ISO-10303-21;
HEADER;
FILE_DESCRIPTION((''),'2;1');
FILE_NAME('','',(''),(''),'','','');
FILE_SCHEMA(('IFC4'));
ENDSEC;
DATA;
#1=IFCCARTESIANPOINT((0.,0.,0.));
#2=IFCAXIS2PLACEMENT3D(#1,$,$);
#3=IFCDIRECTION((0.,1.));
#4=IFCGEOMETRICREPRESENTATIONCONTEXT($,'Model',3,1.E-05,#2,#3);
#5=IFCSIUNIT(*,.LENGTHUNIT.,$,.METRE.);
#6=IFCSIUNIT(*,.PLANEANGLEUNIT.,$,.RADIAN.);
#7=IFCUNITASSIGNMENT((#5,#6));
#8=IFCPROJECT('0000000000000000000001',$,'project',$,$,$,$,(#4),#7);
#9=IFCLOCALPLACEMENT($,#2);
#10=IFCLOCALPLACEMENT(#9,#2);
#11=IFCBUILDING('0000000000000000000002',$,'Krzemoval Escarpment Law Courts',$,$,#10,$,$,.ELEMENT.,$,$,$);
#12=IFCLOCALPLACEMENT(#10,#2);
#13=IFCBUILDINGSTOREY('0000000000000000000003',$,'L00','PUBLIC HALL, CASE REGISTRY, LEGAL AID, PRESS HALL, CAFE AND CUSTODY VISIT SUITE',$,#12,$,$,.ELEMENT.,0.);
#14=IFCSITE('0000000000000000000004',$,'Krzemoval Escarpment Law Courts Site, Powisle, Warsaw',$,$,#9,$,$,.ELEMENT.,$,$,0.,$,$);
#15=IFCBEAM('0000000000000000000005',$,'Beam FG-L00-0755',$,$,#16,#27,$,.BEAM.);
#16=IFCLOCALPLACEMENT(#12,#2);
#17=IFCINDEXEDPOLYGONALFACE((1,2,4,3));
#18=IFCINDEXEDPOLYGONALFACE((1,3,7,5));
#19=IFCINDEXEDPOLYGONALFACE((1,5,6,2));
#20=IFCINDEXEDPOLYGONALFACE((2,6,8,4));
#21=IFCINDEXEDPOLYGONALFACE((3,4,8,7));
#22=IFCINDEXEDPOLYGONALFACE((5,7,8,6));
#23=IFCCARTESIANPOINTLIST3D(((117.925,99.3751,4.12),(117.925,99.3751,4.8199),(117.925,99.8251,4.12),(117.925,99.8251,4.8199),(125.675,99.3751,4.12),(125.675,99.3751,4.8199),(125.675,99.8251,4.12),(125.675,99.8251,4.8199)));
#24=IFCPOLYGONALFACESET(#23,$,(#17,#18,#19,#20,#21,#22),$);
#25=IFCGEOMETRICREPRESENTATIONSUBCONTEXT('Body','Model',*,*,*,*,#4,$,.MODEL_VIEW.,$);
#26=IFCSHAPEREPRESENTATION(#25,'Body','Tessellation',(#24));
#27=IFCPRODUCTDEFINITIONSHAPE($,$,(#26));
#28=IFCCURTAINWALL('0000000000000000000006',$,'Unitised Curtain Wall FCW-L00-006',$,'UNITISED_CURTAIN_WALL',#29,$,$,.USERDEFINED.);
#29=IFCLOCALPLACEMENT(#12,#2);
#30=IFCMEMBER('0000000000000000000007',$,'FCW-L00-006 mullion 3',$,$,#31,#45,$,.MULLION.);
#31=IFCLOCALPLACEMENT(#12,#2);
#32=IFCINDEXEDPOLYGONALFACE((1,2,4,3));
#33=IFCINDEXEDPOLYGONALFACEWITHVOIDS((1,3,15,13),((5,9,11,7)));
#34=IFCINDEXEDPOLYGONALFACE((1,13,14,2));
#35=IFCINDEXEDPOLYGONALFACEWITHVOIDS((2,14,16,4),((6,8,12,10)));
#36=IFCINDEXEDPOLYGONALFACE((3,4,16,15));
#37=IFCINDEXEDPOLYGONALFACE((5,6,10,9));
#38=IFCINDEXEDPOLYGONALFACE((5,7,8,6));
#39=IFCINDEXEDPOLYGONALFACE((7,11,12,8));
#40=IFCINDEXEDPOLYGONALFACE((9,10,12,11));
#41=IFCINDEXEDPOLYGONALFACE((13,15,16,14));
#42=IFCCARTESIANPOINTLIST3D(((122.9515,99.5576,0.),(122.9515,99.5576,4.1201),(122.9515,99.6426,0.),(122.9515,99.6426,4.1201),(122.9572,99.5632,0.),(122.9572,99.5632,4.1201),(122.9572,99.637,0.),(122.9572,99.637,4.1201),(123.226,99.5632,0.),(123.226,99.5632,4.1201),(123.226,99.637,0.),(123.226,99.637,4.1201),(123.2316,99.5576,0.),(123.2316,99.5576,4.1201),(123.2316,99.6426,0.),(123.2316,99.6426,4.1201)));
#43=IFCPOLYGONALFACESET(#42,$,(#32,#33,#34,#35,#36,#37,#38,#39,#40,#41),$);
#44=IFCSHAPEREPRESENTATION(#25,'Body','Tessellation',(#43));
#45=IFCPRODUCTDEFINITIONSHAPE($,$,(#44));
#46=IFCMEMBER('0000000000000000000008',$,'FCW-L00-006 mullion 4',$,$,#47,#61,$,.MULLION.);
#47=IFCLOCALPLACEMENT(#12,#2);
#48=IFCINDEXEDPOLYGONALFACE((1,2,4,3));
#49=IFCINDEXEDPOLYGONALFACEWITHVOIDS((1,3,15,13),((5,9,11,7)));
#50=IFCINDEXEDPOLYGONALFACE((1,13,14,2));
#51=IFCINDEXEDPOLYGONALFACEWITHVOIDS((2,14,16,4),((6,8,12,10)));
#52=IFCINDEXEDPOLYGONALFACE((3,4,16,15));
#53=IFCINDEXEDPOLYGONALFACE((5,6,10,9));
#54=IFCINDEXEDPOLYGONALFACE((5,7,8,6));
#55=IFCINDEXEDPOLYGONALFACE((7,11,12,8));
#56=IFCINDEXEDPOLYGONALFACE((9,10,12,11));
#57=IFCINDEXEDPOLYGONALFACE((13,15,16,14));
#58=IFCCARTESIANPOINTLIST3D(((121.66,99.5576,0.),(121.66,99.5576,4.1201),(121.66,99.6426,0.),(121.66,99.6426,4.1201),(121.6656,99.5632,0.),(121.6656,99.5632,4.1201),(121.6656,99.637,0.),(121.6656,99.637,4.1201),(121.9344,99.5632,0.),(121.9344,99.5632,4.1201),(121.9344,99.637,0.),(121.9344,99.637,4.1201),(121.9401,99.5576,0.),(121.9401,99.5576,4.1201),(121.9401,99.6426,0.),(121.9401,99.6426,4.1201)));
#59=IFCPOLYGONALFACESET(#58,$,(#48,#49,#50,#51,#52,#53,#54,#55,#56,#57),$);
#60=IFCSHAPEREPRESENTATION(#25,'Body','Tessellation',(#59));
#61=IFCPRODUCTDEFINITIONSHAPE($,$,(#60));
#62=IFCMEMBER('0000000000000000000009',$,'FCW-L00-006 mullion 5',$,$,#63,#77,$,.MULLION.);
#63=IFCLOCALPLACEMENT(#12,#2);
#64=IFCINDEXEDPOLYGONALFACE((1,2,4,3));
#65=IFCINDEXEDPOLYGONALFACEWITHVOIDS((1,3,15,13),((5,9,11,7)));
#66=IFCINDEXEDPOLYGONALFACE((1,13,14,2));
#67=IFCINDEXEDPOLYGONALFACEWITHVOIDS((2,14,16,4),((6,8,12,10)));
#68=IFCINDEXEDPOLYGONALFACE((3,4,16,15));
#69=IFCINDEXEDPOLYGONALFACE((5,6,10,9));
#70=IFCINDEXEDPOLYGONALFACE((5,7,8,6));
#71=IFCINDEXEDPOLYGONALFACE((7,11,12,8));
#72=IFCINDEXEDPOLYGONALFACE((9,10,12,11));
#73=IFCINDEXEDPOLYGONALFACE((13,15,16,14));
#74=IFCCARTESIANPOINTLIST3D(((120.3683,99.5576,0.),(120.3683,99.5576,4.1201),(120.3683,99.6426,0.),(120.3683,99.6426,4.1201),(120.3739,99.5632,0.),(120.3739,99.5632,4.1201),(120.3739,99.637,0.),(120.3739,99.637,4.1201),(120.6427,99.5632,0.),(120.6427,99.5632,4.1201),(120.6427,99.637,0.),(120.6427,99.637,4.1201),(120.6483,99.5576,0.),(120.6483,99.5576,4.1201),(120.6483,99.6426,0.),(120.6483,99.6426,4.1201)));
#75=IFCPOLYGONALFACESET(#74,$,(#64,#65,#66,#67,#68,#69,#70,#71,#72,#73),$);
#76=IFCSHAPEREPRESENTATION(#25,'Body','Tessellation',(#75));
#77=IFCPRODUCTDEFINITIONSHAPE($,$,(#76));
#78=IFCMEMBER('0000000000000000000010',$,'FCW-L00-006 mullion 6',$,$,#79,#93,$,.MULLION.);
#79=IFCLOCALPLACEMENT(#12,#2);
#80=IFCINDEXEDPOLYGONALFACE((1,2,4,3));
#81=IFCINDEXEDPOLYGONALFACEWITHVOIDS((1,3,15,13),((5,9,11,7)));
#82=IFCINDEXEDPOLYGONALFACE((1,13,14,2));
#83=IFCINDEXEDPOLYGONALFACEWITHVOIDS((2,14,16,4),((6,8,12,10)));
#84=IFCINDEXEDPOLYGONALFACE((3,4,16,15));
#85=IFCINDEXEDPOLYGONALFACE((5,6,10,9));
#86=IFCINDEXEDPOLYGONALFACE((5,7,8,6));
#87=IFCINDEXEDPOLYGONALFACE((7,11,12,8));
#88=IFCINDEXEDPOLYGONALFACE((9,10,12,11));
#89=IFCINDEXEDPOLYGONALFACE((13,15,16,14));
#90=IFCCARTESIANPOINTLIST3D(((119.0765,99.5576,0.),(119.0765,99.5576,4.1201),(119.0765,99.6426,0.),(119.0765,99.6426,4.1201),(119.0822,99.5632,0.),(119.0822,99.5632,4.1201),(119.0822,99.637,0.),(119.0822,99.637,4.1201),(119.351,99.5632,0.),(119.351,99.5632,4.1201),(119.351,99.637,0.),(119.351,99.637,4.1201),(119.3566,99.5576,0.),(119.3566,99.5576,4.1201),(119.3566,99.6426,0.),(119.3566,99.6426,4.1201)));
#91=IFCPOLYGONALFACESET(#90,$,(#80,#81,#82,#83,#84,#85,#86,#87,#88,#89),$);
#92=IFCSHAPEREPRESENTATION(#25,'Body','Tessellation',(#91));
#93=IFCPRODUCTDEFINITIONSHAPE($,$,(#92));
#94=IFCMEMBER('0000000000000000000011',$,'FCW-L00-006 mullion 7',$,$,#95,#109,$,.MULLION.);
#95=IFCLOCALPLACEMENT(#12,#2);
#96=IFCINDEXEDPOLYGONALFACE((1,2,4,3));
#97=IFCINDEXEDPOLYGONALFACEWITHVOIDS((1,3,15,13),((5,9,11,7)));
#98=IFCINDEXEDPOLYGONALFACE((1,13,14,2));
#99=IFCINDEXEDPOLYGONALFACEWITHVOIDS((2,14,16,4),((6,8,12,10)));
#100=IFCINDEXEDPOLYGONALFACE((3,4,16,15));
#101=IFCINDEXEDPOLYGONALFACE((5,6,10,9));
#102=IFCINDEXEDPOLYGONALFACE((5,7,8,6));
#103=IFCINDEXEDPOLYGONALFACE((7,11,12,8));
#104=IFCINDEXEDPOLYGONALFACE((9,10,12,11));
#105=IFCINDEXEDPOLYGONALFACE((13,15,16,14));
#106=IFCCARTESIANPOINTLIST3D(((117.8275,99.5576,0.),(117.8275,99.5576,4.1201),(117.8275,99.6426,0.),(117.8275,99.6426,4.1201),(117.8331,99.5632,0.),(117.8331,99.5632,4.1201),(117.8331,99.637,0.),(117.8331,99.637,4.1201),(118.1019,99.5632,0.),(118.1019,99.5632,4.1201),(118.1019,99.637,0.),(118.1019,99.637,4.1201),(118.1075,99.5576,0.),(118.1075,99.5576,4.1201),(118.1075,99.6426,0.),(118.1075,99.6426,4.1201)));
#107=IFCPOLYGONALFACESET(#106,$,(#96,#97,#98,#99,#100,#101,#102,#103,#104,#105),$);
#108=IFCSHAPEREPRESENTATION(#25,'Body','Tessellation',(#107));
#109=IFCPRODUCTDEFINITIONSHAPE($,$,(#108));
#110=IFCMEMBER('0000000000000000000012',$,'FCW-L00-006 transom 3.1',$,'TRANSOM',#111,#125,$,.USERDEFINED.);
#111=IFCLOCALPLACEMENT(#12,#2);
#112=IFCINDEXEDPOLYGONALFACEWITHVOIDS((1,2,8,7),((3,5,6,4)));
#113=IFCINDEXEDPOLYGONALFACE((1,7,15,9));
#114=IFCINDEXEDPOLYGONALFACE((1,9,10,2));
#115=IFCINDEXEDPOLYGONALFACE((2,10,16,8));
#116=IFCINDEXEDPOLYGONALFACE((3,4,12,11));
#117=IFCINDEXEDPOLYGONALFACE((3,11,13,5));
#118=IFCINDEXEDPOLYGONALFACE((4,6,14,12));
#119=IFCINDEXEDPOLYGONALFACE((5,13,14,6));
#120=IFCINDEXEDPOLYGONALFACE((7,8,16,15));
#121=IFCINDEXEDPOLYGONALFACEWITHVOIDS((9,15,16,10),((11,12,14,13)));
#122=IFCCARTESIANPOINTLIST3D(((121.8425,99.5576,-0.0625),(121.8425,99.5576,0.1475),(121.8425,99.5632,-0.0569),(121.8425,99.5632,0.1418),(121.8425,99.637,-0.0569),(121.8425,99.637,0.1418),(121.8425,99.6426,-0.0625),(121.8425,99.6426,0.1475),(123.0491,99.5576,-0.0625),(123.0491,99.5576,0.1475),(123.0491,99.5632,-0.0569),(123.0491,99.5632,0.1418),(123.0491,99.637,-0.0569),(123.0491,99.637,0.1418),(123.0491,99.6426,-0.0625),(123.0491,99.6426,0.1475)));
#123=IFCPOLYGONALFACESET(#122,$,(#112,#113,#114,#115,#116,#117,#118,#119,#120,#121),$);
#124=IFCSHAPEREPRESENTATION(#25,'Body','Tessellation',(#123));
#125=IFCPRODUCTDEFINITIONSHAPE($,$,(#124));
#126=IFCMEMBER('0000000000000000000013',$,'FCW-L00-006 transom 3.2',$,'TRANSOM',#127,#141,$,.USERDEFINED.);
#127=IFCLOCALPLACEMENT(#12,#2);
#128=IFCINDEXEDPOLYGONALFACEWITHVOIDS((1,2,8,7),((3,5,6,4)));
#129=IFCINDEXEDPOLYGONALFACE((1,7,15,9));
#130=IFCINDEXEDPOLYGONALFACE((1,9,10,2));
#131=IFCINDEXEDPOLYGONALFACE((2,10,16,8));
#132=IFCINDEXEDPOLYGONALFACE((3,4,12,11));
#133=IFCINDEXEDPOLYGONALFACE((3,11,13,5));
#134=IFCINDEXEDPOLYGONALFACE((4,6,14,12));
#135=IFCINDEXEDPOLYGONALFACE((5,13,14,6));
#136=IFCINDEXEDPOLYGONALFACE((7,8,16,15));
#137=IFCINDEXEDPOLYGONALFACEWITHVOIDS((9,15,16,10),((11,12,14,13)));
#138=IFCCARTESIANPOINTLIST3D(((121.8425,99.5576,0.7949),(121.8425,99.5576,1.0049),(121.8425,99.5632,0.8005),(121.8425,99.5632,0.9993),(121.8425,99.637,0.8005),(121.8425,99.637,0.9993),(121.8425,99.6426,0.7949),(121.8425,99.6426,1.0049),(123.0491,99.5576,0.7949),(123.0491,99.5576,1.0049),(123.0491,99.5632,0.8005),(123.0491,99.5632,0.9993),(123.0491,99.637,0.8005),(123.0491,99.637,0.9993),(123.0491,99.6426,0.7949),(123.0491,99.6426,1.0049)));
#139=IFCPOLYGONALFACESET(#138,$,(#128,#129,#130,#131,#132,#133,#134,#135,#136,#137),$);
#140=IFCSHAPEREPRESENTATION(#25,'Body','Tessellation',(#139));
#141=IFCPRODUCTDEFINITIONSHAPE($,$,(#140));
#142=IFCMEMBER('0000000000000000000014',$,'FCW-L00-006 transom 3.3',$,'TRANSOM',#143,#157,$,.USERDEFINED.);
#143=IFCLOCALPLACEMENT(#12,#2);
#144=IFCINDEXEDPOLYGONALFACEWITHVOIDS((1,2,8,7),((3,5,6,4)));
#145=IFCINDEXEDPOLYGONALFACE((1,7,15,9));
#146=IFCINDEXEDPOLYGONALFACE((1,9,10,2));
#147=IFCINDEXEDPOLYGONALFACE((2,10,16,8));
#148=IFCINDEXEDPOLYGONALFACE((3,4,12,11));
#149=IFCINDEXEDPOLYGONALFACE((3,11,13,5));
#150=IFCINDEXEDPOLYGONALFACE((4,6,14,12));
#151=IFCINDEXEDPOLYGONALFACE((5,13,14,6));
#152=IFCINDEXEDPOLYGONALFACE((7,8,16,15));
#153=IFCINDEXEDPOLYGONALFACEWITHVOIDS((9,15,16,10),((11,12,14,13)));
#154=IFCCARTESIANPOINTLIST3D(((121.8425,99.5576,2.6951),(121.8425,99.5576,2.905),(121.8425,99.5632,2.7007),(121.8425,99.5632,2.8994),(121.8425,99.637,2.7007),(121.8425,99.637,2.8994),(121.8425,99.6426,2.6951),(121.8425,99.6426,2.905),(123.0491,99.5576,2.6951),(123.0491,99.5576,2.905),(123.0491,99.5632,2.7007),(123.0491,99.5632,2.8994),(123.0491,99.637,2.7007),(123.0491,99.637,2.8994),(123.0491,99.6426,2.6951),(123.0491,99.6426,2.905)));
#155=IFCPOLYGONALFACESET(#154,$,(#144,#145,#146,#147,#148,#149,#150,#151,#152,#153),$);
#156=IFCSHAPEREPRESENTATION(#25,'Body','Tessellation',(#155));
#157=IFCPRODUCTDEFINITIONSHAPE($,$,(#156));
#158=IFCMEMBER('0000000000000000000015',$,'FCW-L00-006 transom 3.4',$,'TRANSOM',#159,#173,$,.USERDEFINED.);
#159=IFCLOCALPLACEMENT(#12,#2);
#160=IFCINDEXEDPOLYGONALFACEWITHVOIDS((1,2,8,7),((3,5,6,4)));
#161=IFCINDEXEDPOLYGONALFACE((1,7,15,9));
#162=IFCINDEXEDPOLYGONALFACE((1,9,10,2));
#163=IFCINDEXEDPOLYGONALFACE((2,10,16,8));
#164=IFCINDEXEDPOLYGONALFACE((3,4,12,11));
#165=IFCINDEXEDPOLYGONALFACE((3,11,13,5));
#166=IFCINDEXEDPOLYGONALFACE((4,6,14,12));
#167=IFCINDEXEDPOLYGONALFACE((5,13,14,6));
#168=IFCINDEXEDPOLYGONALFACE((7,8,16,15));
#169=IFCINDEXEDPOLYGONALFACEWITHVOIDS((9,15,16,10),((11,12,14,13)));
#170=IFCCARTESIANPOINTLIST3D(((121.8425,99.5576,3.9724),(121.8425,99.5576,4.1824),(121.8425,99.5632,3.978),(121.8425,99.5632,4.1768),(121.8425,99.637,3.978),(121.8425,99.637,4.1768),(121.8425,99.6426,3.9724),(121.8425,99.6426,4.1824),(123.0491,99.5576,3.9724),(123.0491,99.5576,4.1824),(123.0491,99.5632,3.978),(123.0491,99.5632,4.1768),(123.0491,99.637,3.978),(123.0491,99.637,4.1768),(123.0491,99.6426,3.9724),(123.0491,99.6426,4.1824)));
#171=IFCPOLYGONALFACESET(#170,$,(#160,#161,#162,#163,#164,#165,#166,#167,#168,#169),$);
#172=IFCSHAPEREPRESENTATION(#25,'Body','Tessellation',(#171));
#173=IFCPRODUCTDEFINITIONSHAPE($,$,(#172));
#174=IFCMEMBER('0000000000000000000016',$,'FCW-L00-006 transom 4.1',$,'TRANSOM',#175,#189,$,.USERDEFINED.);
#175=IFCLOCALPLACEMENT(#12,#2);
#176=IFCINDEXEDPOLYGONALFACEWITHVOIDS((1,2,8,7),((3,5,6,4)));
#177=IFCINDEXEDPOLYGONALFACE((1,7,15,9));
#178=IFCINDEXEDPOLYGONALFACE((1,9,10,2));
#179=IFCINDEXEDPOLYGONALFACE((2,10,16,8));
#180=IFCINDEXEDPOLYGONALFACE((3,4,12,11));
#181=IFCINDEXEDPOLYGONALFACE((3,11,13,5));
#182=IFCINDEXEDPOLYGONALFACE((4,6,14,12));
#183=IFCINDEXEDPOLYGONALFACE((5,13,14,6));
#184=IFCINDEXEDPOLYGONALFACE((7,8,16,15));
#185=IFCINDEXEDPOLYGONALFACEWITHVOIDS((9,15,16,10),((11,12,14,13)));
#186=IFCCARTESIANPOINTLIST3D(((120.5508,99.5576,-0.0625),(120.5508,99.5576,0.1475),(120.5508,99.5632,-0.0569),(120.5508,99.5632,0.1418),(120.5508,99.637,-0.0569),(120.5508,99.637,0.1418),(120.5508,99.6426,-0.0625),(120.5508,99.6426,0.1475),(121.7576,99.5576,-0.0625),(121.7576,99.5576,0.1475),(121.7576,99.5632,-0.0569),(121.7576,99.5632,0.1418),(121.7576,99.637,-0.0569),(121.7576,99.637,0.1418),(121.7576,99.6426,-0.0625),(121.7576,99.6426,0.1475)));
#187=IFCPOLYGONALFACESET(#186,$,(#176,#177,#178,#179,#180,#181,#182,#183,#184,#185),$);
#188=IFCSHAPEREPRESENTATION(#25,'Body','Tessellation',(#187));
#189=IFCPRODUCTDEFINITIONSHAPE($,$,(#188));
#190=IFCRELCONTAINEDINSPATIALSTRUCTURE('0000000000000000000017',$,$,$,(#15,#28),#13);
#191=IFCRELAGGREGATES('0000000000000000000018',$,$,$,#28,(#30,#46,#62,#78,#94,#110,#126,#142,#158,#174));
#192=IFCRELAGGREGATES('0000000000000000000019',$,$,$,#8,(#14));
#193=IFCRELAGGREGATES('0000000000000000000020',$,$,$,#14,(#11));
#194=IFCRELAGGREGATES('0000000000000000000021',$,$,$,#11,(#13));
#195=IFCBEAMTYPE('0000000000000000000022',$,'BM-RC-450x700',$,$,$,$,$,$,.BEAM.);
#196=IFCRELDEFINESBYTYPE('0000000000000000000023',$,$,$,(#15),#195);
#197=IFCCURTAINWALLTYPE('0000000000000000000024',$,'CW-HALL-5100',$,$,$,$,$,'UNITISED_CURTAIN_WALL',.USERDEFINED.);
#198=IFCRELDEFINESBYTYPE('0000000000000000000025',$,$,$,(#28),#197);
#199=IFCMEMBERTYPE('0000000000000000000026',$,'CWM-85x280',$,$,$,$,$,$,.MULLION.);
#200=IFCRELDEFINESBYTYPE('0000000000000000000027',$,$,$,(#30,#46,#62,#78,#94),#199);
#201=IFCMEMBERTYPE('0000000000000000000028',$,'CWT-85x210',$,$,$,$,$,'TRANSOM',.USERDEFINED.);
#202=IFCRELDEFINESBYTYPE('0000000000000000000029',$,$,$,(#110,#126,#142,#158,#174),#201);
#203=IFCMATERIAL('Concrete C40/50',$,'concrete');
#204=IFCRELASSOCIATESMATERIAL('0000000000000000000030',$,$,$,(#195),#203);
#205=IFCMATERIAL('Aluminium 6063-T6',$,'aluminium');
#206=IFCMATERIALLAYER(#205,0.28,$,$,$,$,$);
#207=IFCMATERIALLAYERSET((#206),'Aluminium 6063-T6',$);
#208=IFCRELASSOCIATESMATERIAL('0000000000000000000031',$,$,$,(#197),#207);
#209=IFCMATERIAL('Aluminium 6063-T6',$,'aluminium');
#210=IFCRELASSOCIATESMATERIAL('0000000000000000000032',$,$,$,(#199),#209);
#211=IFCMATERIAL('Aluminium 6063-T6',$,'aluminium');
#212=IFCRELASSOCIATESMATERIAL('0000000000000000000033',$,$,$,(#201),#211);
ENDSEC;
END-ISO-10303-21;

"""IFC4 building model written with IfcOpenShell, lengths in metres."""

from ifc_helpers import new_model, si_unit, direction, frame, origin, origin_2d, place, context, subcontext, project, spatial, rectangle, hollow_rectangle, extrude, material, layer, layer_set, material_profile, profile_set, type_object, element, aggregate, save


model = new_model("IFC4")

# Units and contexts
model_context = context("Model", 3, precision=1e-05, world=origin(), true_north=direction((0.0, 1.0)))
body_context = subcontext(model_context, "Body", "Model", "MODEL_VIEW")
ifc_project = project(units=[si_unit("LENGTHUNIT", "METRE"), si_unit("PLANEANGLEUNIT", "RADIAN")], contexts=[model_context])

# Site, building, storey
site_placement = place(None, origin())
site = spatial("IfcSite", under=ifc_project, at=site_placement, Name="Krzemoval Escarpment Law Courts Site, Powisle, Warsaw", CompositionType="ELEMENT", RefElevation=0.0)
building_placement = place(site_placement, origin())
building = spatial("IfcBuilding", under=site, at=building_placement, Name="Krzemoval Escarpment Law Courts", CompositionType="ELEMENT")
storey_placement = place(building_placement, origin())
storey = spatial("IfcBuildingStorey", under=building, at=storey_placement, Name="L00", Description="PUBLIC HALL, CASE REGISTRY, LEGAL AID, PRESS HALL, CAFE AND CUSTODY VISIT SUITE", CompositionType="ELEMENT", Elevation=0.0)

# Beam
ifc_material_1 = material(Name="Concrete C40/50", Category="concrete")
ifc_material_profile_1 = material_profile(ifc_material_1, rectangle(XDim=0.45, YDim=0.7, at=origin_2d()), Name="RCB 450x700")
ifc_profile_set_1 = profile_set([ifc_material_profile_1], Name="Concrete C40/50")
beam_type = type_object("IfcBeamType", Name="BM-RC-450x700", PredefinedType="BEAM", material=ifc_profile_set_1)
beam_placement = place(storey_placement, frame((117.925, 99.6001, 4.47), z_axis=(1.0, 0.0, 0.0), x_axis=(0.0, 1.0, 0.0)))
element("IfcBeam", 1, at=beam_placement, inside=storey, type_object=beam_type, Name="Beam FG-L00-0755", PredefinedType="BEAM", context=body_context, shape_type="SweptSolid", body=[
    extrude(rectangle(XDim=0.45, YDim=0.7, at=origin_2d()), origin(), (0.0, 0.0, 1.0), 7.75),
])

# Curtain wall, members
ifc_material_2 = material(Name="Aluminium 6063-T6", Category="aluminium")
ifc_layer_1 = layer(ifc_material_2, 0.28)
ifc_layer_set_1 = layer_set([ifc_layer_1], Name="Aluminium 6063-T6")
curtain_wall_type = type_object("IfcCurtainWallType", Name="CW-HALL-5100", ElementType="UNITISED_CURTAIN_WALL", PredefinedType="USERDEFINED", material=ifc_layer_set_1)
curtain_wall_placement = place(storey_placement, origin())
curtain_wall = element("IfcCurtainWall", 2, at=curtain_wall_placement, inside=storey, type_object=curtain_wall_type, Name="Unitised Curtain Wall FCW-L00-006", ObjectType="UNITISED_CURTAIN_WALL", PredefinedType="USERDEFINED")
ifc_material_3 = material(Name="Aluminium 6063-T6", Category="aluminium")
ifc_material_profile_2 = material_profile(ifc_material_3, hollow_rectangle(XDim=0.085, YDim=0.28, WallThickness=0.0056, at=origin_2d()), Name="ALU M85x280")
ifc_profile_set_2 = profile_set([ifc_material_profile_2], Name="Aluminium 6063-T6")
member_type_1 = type_object("IfcMemberType", Name="CWM-85x280", PredefinedType="MULLION", material=ifc_profile_set_2)
member_1_placement = place(storey_placement, frame((123.0916, 99.6001, 0.0), z_axis=(0.0, 0.0, 1.0), x_axis=(0.0, -1.0, 0.0)))
member_1 = element("IfcMember", 3, at=member_1_placement, type_object=member_type_1, Name="FCW-L00-006 mullion 3", PredefinedType="MULLION", context=body_context, shape_type="SweptSolid", body=[
    extrude(hollow_rectangle(XDim=0.085, YDim=0.28, WallThickness=0.0056, at=origin_2d()), origin(), (0.0, 0.0, 1.0), 4.1201),
])
member_2_placement = place(storey_placement, frame((121.8, 99.6001, 0.0), z_axis=(0.0, 0.0, 1.0), x_axis=(0.0, -1.0, 0.0)))
member_2 = element("IfcMember", 4, at=member_2_placement, type_object=member_type_1, Name="FCW-L00-006 mullion 4", PredefinedType="MULLION", context=body_context, shape_type="SweptSolid", body=[
    extrude(hollow_rectangle(XDim=0.085, YDim=0.28, WallThickness=0.0056, at=origin_2d()), origin(), (0.0, 0.0, 1.0), 4.1201),
])
member_3_placement = place(storey_placement, frame((120.5083, 99.6001, 0.0), z_axis=(0.0, 0.0, 1.0), x_axis=(0.0, -1.0, 0.0)))
member_3 = element("IfcMember", 5, at=member_3_placement, type_object=member_type_1, Name="FCW-L00-006 mullion 5", PredefinedType="MULLION", context=body_context, shape_type="SweptSolid", body=[
    extrude(hollow_rectangle(XDim=0.085, YDim=0.28, WallThickness=0.0056, at=origin_2d()), origin(), (0.0, 0.0, 1.0), 4.1201),
])
member_4_placement = place(storey_placement, frame((119.2166, 99.6001, 0.0), z_axis=(0.0, 0.0, 1.0), x_axis=(0.0, -1.0, 0.0)))
member_4 = element("IfcMember", 6, at=member_4_placement, type_object=member_type_1, Name="FCW-L00-006 mullion 6", PredefinedType="MULLION", context=body_context, shape_type="SweptSolid", body=[
    extrude(hollow_rectangle(XDim=0.085, YDim=0.28, WallThickness=0.0056, at=origin_2d()), origin(), (0.0, 0.0, 1.0), 4.1201),
])
member_5_placement = place(storey_placement, frame((117.9675, 99.6001, 0.0), z_axis=(0.0, 0.0, 1.0), x_axis=(0.0, -1.0, 0.0)))
member_5 = element("IfcMember", 7, at=member_5_placement, type_object=member_type_1, Name="FCW-L00-006 mullion 7", PredefinedType="MULLION", context=body_context, shape_type="SweptSolid", body=[
    extrude(hollow_rectangle(XDim=0.085, YDim=0.28, WallThickness=0.0056, at=origin_2d()), origin(), (0.0, 0.0, 1.0), 4.1201),
])
ifc_material_4 = material(Name="Aluminium 6063-T6", Category="aluminium")
ifc_material_profile_3 = material_profile(ifc_material_4, hollow_rectangle(XDim=0.085, YDim=0.21, WallThickness=0.0056, at=origin_2d()), Name="ALU T85x210")
ifc_profile_set_3 = profile_set([ifc_material_profile_3], Name="Aluminium 6063-T6")
member_type_2 = type_object("IfcMemberType", Name="CWT-85x210", ElementType="TRANSOM", PredefinedType="USERDEFINED", material=ifc_profile_set_3)
member_6_placement = place(storey_placement, frame((123.0491, 99.6001, 0.0425), z_axis=(-1.0, 0.0, 0.0), x_axis=(0.0, -1.0, 0.0)))
member_6 = element("IfcMember", 8, at=member_6_placement, type_object=member_type_2, Name="FCW-L00-006 transom 3.1", ObjectType="TRANSOM", PredefinedType="USERDEFINED", context=body_context, shape_type="SweptSolid", body=[
    extrude(hollow_rectangle(XDim=0.085, YDim=0.21, WallThickness=0.0056, at=origin_2d()), origin(), (0.0, 0.0, 1.0), 1.2065),
])
member_7_placement = place(storey_placement, frame((123.0491, 99.6001, 0.8999), z_axis=(-1.0, 0.0, 0.0), x_axis=(0.0, -1.0, 0.0)))
member_7 = element("IfcMember", 9, at=member_7_placement, type_object=member_type_2, Name="FCW-L00-006 transom 3.2", ObjectType="TRANSOM", PredefinedType="USERDEFINED", context=body_context, shape_type="SweptSolid", body=[
    extrude(hollow_rectangle(XDim=0.085, YDim=0.21, WallThickness=0.0056, at=origin_2d()), origin(), (0.0, 0.0, 1.0), 1.2065),
])
member_8_placement = place(storey_placement, frame((123.0491, 99.6001, 2.8), z_axis=(-1.0, 0.0, 0.0), x_axis=(0.0, -1.0, 0.0)))
member_8 = element("IfcMember", 10, at=member_8_placement, type_object=member_type_2, Name="FCW-L00-006 transom 3.3", ObjectType="TRANSOM", PredefinedType="USERDEFINED", context=body_context, shape_type="SweptSolid", body=[
    extrude(hollow_rectangle(XDim=0.085, YDim=0.21, WallThickness=0.0056, at=origin_2d()), origin(), (0.0, 0.0, 1.0), 1.2065),
])
member_9_placement = place(storey_placement, frame((123.0491, 99.6001, 4.0774), z_axis=(-1.0, 0.0, 0.0), x_axis=(0.0, -1.0, 0.0)))
member_9 = element("IfcMember", 11, at=member_9_placement, type_object=member_type_2, Name="FCW-L00-006 transom 3.4", ObjectType="TRANSOM", PredefinedType="USERDEFINED", context=body_context, shape_type="SweptSolid", body=[
    extrude(hollow_rectangle(XDim=0.085, YDim=0.21, WallThickness=0.0056, at=origin_2d()), origin(), (0.0, 0.0, 1.0), 1.2065),
])
member_10_placement = place(storey_placement, frame((121.7576, 99.6001, 0.0425), z_axis=(-1.0, 0.0, 0.0), x_axis=(0.0, -1.0, 0.0)))
member_10 = element("IfcMember", 12, at=member_10_placement, type_object=member_type_2, Name="FCW-L00-006 transom 4.1", ObjectType="TRANSOM", PredefinedType="USERDEFINED", context=body_context, shape_type="SweptSolid", body=[
    extrude(hollow_rectangle(XDim=0.085, YDim=0.21, WallThickness=0.0056, at=origin_2d()), origin(), (0.0, 0.0, 1.0), 1.2068),
])
aggregate(curtain_wall, [member_1, member_2, member_3, member_4, member_5, member_6, member_7, member_8, member_9, member_10])

save(model, "model.ifc")
